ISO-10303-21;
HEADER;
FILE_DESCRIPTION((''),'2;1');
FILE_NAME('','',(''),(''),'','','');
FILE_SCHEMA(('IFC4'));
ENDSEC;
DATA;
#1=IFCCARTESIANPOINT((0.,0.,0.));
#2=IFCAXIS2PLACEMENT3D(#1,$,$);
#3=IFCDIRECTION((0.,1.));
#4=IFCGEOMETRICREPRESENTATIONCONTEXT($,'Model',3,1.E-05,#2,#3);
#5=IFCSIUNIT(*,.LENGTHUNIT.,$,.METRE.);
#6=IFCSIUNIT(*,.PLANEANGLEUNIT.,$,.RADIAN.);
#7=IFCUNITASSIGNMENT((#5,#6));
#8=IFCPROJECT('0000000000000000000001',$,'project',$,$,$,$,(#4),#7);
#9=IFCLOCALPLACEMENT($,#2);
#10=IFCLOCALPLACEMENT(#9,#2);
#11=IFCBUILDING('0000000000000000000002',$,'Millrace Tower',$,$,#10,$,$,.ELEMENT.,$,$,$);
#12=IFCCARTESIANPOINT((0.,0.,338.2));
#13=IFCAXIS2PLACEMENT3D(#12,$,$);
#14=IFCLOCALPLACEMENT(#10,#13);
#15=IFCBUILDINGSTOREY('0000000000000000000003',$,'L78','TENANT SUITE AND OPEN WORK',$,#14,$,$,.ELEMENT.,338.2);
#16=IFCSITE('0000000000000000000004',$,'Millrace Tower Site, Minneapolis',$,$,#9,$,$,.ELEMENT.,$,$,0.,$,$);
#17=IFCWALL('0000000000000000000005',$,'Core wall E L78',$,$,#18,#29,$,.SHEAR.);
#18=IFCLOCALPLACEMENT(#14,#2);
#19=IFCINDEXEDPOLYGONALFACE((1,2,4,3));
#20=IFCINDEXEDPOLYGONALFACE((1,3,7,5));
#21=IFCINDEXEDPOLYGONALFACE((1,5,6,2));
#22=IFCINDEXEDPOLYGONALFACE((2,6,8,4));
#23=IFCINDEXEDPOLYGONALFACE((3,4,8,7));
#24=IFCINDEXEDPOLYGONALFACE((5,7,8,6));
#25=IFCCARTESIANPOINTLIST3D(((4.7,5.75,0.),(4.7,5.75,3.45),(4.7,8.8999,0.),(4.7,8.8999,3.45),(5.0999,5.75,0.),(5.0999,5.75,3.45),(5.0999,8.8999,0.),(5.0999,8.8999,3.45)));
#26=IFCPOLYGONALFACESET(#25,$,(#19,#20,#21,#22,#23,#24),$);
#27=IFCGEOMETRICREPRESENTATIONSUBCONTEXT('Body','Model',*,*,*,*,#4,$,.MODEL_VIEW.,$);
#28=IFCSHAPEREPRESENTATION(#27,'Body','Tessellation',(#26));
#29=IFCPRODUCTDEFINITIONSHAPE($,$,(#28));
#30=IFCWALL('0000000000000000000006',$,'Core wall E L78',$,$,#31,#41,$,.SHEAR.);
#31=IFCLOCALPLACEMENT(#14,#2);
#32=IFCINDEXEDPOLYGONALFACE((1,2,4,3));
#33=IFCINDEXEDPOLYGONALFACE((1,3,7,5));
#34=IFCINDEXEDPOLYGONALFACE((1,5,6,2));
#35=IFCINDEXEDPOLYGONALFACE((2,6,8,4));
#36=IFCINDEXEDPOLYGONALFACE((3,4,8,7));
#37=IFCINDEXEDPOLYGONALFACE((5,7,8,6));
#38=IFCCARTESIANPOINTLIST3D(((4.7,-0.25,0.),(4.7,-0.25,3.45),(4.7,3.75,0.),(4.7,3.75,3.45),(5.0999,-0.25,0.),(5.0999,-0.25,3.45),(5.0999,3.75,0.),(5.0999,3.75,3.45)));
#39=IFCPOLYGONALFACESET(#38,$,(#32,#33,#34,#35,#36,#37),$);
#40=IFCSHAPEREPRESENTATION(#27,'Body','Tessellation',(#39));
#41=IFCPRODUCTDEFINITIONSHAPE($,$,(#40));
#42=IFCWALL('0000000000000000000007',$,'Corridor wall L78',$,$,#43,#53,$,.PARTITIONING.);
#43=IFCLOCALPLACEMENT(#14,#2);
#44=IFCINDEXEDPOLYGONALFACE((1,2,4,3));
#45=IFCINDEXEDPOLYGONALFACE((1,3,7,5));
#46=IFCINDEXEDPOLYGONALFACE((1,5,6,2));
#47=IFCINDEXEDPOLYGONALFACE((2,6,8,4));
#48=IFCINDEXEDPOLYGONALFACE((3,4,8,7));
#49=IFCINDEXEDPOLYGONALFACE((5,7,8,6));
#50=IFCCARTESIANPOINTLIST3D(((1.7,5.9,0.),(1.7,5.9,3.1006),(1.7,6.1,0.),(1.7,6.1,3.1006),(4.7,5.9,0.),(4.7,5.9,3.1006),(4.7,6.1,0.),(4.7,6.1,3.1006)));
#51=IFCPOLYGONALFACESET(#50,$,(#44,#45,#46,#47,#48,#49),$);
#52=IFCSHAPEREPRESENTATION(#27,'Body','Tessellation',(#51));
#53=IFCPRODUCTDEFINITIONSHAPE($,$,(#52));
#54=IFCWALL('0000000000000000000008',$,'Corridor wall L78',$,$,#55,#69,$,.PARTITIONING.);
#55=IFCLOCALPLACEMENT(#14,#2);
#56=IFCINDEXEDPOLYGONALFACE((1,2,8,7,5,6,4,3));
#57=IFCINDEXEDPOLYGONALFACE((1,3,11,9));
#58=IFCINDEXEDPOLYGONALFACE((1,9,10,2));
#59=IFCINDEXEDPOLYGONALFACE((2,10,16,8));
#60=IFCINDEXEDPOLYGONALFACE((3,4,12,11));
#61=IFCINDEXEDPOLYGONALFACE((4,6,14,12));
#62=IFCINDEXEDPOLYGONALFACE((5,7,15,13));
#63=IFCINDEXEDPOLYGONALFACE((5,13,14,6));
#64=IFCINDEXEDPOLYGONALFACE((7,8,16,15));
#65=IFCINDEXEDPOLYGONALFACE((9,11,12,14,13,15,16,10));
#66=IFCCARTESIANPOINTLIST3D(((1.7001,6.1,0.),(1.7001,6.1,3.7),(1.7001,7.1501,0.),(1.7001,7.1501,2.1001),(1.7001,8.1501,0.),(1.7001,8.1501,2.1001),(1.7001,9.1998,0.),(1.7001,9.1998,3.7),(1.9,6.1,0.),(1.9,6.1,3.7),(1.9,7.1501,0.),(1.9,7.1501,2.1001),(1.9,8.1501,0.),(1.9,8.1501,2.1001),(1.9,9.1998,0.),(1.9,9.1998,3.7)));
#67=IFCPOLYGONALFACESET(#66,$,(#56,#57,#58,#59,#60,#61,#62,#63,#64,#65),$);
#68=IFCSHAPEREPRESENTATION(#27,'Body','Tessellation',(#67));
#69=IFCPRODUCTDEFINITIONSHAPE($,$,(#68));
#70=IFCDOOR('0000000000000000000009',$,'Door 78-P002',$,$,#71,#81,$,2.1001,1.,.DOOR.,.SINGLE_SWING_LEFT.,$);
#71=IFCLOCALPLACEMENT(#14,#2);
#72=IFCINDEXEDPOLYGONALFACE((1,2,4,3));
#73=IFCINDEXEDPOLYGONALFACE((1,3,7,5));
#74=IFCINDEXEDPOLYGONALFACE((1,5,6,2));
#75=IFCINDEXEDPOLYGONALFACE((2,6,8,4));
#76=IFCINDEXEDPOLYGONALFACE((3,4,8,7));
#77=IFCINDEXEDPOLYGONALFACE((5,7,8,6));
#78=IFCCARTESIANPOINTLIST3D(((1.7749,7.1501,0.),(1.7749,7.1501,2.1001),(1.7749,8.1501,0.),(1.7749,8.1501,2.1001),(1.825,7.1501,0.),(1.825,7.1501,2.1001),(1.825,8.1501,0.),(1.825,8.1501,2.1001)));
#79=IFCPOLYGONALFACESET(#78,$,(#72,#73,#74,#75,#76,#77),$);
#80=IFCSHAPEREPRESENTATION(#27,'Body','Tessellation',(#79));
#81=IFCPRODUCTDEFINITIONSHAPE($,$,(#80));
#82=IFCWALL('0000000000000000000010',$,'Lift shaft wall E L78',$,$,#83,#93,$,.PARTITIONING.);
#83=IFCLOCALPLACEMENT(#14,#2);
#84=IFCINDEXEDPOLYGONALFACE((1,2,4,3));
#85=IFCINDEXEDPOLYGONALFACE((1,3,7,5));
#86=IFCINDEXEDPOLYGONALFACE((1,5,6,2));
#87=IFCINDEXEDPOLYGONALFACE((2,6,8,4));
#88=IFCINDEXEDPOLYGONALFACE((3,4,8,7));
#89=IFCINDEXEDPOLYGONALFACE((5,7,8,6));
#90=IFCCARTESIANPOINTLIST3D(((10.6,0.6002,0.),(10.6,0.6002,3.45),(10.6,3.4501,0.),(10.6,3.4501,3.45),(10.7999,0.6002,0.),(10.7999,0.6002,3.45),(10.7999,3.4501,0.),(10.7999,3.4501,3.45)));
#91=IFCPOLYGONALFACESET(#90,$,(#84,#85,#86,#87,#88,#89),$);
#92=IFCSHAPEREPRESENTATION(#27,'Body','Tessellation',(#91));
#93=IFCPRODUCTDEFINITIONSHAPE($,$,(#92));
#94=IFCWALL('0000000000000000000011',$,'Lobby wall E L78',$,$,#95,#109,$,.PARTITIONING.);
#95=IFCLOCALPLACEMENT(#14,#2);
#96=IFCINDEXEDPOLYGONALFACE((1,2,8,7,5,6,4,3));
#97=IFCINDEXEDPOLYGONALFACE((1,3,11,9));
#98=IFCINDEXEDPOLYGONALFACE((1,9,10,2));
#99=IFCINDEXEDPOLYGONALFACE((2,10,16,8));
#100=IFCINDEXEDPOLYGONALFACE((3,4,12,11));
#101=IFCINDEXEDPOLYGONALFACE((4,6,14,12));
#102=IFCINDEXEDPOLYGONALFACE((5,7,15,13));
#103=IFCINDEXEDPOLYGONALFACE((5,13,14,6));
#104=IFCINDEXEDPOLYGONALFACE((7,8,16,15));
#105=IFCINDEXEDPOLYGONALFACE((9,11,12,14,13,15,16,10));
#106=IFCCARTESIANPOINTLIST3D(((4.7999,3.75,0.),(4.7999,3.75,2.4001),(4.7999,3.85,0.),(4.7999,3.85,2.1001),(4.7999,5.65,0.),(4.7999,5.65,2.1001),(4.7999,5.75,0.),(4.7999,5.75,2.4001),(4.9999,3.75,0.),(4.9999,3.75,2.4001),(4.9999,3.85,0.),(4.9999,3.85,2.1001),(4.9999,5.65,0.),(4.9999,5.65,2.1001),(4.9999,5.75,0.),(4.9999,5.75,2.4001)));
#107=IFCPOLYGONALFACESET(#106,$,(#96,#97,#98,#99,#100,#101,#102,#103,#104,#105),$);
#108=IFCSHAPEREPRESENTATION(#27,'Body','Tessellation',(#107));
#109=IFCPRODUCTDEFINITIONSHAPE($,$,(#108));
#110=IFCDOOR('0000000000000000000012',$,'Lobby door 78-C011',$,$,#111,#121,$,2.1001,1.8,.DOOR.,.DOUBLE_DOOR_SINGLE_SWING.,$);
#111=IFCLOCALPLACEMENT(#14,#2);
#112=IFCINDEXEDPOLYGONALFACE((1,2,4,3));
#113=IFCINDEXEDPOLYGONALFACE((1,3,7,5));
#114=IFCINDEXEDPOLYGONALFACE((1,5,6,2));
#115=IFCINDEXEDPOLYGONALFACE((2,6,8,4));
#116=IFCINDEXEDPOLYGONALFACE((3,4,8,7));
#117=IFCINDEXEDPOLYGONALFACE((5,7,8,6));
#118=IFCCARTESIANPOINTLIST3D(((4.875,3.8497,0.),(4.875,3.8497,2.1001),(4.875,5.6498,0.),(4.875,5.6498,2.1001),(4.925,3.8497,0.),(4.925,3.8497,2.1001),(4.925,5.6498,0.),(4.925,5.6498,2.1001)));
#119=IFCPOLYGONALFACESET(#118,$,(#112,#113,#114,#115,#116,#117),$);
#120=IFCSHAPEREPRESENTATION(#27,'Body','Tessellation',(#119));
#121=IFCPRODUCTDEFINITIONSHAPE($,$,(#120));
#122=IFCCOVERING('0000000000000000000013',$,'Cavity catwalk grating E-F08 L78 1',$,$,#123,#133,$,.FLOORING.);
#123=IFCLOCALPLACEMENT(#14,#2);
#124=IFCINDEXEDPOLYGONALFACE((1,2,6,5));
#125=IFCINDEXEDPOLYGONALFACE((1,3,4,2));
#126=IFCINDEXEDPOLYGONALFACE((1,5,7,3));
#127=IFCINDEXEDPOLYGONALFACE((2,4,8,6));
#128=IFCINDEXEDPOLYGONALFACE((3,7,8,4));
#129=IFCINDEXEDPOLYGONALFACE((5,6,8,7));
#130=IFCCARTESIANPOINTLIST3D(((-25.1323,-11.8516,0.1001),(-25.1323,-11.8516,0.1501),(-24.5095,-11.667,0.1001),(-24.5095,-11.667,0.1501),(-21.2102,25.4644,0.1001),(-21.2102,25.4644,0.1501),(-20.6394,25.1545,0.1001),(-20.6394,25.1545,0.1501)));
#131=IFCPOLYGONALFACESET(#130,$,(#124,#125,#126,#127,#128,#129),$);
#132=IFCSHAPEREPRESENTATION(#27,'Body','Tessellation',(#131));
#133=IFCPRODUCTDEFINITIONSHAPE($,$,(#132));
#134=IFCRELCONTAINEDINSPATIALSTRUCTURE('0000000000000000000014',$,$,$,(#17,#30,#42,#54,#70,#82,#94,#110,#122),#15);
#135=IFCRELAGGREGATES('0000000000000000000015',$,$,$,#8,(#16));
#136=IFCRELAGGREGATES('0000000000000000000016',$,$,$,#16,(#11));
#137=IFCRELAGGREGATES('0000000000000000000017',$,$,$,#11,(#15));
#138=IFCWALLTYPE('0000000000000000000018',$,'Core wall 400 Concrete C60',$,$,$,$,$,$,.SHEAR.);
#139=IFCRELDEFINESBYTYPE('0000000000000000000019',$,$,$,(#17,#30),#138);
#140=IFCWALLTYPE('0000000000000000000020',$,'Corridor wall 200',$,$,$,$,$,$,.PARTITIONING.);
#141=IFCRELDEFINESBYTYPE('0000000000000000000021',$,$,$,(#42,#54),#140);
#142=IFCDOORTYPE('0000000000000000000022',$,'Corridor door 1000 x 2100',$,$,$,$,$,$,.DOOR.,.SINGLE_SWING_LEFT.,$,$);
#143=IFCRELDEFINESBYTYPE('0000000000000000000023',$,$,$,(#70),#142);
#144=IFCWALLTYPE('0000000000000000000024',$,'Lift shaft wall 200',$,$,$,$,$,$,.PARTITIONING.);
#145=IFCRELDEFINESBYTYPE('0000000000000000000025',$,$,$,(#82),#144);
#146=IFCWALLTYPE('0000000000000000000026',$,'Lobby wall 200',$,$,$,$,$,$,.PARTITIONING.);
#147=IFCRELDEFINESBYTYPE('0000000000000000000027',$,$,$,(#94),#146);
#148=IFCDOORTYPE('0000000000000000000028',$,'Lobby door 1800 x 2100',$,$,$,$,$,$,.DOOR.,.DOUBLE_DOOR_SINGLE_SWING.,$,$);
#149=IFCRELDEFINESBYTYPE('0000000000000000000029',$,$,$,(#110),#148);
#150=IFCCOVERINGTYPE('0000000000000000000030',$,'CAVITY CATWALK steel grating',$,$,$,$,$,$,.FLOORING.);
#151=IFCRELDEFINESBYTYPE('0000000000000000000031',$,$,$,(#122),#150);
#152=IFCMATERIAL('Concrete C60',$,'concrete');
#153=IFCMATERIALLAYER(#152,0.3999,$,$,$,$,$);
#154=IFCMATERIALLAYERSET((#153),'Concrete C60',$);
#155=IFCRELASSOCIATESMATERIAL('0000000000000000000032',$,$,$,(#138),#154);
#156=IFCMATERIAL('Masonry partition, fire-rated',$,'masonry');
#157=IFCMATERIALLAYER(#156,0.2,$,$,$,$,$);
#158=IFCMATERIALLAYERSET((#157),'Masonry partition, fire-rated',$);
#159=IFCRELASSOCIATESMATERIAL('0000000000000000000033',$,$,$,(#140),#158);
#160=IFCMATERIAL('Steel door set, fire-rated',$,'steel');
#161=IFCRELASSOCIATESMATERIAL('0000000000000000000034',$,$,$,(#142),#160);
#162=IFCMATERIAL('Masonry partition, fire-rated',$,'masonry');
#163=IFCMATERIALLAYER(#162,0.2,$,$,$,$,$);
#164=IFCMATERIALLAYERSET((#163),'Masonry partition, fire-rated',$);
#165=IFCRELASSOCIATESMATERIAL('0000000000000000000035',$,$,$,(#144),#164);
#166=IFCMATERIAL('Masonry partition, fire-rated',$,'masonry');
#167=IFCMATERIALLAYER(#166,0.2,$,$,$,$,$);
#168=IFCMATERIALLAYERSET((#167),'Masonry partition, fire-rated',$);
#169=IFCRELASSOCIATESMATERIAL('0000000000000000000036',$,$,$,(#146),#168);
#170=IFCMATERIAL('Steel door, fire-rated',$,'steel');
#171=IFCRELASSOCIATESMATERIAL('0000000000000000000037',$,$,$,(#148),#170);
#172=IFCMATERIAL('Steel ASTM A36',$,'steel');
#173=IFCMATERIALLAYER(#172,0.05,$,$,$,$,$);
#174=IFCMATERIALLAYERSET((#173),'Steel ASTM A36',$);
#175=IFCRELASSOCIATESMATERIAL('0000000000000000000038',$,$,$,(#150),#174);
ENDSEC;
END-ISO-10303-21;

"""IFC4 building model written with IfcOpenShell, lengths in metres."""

from ifc_helpers import new_model, si_unit, direction, frame, frame_2d, origin, place, context, subcontext, project, spatial, polyline, rectangle, outline, extrude, material, layer, layer_set, type_object, element, fill, save


model = new_model("IFC4")

# Units and contexts
model_context = context("Model", 3, precision=1e-05, world=origin(), true_north=direction((0.0, 1.0)))
body_context = subcontext(model_context, "Body", "Model", "MODEL_VIEW")
ifc_project = project(units=[si_unit("LENGTHUNIT", "METRE"), si_unit("PLANEANGLEUNIT", "RADIAN")], contexts=[model_context])

# Site, building, storey
site_placement = place(None, origin())
site = spatial("IfcSite", under=ifc_project, at=site_placement, Name="Millrace Tower Site, Minneapolis", CompositionType="ELEMENT", RefElevation=0.0)
building_placement = place(site_placement, origin())
building = spatial("IfcBuilding", under=site, at=building_placement, Name="Millrace Tower", CompositionType="ELEMENT")
storey_placement = place(building_placement, frame((0.0, 0.0, 338.2)))
storey = spatial("IfcBuildingStorey", under=building, at=storey_placement, Name="L78", Description="TENANT SUITE AND OPEN WORK", CompositionType="ELEMENT", Elevation=338.2)

# Walls
ifc_material_1 = material(Name="Concrete C60", Category="concrete")
ifc_layer_1 = layer(ifc_material_1, 0.3999)
ifc_layer_set_1 = layer_set([ifc_layer_1], Name="Concrete C60")
wall_type_1 = type_object("IfcWallType", Name="Core wall 400 Concrete C60", PredefinedType="SHEAR", material=ifc_layer_set_1)
wall_1_placement = place(storey_placement, frame((4.8999, 8.8999, 0.0), z_axis=(0.0, 0.0, 1.0), x_axis=(0.0, -1.0, 0.0)))
element("IfcWall", 1, at=wall_1_placement, inside=storey, type_object=wall_type_1, Name="Core wall E L78", PredefinedType="SHEAR", context=body_context, shape_type="SweptSolid", body=[
    extrude(rectangle(XDim=3.1499, YDim=0.3999, at=frame_2d((1.575, 0.0))), origin(), (0.0, 0.0, 1.0), 3.45),
])
wall_2_placement = place(storey_placement, frame((4.8999, 3.75, 0.0), z_axis=(0.0, 0.0, 1.0), x_axis=(0.0, -1.0, 0.0)))
element("IfcWall", 2, at=wall_2_placement, inside=storey, type_object=wall_type_1, Name="Core wall E L78", PredefinedType="SHEAR", context=body_context, shape_type="SweptSolid", body=[
    extrude(rectangle(XDim=4.0, YDim=0.3999, at=frame_2d((2.0, 0.0))), origin(), (0.0, 0.0, 1.0), 3.45),
])
ifc_material_2 = material(Name="Masonry partition, fire-rated", Category="masonry")
ifc_layer_2 = layer(ifc_material_2, 0.2)
ifc_layer_set_2 = layer_set([ifc_layer_2], Name="Masonry partition, fire-rated")
wall_type_2 = type_object("IfcWallType", Name="Corridor wall 200", PredefinedType="PARTITIONING", material=ifc_layer_set_2)
wall_3_placement = place(storey_placement, frame((1.7, 6.0, 0.0), z_axis=(0.0, 0.0, 1.0), x_axis=(1.0, 0.0, 0.0)))
element("IfcWall", 3, at=wall_3_placement, inside=storey, type_object=wall_type_2, Name="Corridor wall L78", PredefinedType="PARTITIONING", context=body_context, shape_type="SweptSolid", body=[
    extrude(rectangle(XDim=3.0, YDim=0.2, at=frame_2d((1.5, 0.0))), origin(), (0.0, 0.0, 1.0), 3.1006),
])

# Wall, opening, door
wall_4_placement = place(storey_placement, frame((1.8, 6.1001, 0.0), z_axis=(0.0, 0.0, 1.0), x_axis=(0.0, 1.0, 0.0)))
wall_4 = element("IfcWall", 4, at=wall_4_placement, inside=storey, type_object=wall_type_2, Name="Corridor wall L78", PredefinedType="PARTITIONING", context=body_context, shape_type="SweptSolid", body=[
    extrude(rectangle(XDim=3.0999, YDim=0.2, at=frame_2d((1.5498, 0.0))), origin(), (0.0, 0.0, 1.0), 3.7),
])
opening_1_placement = place(wall_4_placement, frame((1.05, 0.0, 0.0)))
opening_1 = element("IfcOpeningElement", 5, at=opening_1_placement, cuts=wall_4, PredefinedType="OPENING", context=body_context, shape_type="SweptSolid", body=[
    extrude(rectangle(XDim=1.0, YDim=2.1001, at=frame_2d((0.5, 1.05))), frame((0.0, 0.1099, 0.0), z_axis=(0.0, -1.0, 0.0), x_axis=(1.0, 0.0, 0.0)), (0.0, 0.0, 1.0), 0.22),
])
ifc_material_3 = material(Name="Steel door set, fire-rated", Category="steel")
door_type_1 = type_object("IfcDoorType", Name="Corridor door 1000 x 2100", OperationType="SINGLE_SWING_LEFT", PredefinedType="DOOR", material=ifc_material_3)
door_1_placement = place(opening_1_placement, frame((1.0, 0.0, 0.0), z_axis=(0.0, 0.0, 1.0), x_axis=(-1.0, 0.0, 0.0)))
door_1 = element("IfcDoor", 6, at=door_1_placement, inside=storey, type_object=door_type_1, Name="Door 78-P002", OperationType="SINGLE_SWING_LEFT", OverallHeight=2.1001, OverallWidth=1.0, PredefinedType="DOOR", context=body_context, shape_type="SweptSolid", body=[
    extrude(rectangle(XDim=1.0, YDim=2.1001, at=frame_2d((0.5, 1.05))), frame((0.0, 0.0249, 0.0), z_axis=(0.0, -1.0, 0.0), x_axis=(1.0, 0.0, 0.0)), (0.0, 0.0, 1.0), 0.05),
])
fill(opening_1, door_1)

# Wall
ifc_material_4 = material(Name="Masonry partition, fire-rated", Category="masonry")
ifc_layer_3 = layer(ifc_material_4, 0.2)
ifc_layer_set_3 = layer_set([ifc_layer_3], Name="Masonry partition, fire-rated")
wall_type_3 = type_object("IfcWallType", Name="Lift shaft wall 200", PredefinedType="PARTITIONING", material=ifc_layer_set_3)
wall_5_placement = place(storey_placement, frame((10.7, 3.45, 0.0), z_axis=(0.0, 0.0, 1.0), x_axis=(0.0, -1.0, 0.0)))
element("IfcWall", 7, at=wall_5_placement, inside=storey, type_object=wall_type_3, Name="Lift shaft wall E L78", PredefinedType="PARTITIONING", context=body_context, shape_type="SweptSolid", body=[
    extrude(rectangle(XDim=2.8499, YDim=0.2, at=frame_2d((1.4248, 0.0))), origin(), (0.0, 0.0, 1.0), 3.45),
])

# Wall, opening, door
ifc_material_5 = material(Name="Masonry partition, fire-rated", Category="masonry")
ifc_layer_4 = layer(ifc_material_5, 0.2)
ifc_layer_set_4 = layer_set([ifc_layer_4], Name="Masonry partition, fire-rated")
wall_type_4 = type_object("IfcWallType", Name="Lobby wall 200", PredefinedType="PARTITIONING", material=ifc_layer_set_4)
wall_6_placement = place(storey_placement, frame((4.8999, 5.75, 0.0), z_axis=(0.0, 0.0, 1.0), x_axis=(0.0, -1.0, 0.0)))
wall_6 = element("IfcWall", 8, at=wall_6_placement, inside=storey, type_object=wall_type_4, Name="Lobby wall E L78", PredefinedType="PARTITIONING", context=body_context, shape_type="SweptSolid", body=[
    extrude(rectangle(XDim=2.0, YDim=0.2, at=frame_2d((1.0, 0.0))), origin(), (0.0, 0.0, 1.0), 2.4001),
])
opening_2_placement = place(wall_6_placement, frame((0.1001, 0.0, 0.0)))
opening_2 = element("IfcOpeningElement", 9, at=opening_2_placement, cuts=wall_6, PredefinedType="OPENING", context=body_context, shape_type="SweptSolid", body=[
    extrude(rectangle(XDim=1.8, YDim=2.1001, at=frame_2d((0.8999, 1.05))), frame((0.0, 0.1099, 0.0), z_axis=(0.0, -1.0, 0.0), x_axis=(1.0, 0.0, 0.0)), (0.0, 0.0, 1.0), 0.22),
])
ifc_material_6 = material(Name="Steel door, fire-rated", Category="steel")
door_type_2 = type_object("IfcDoorType", Name="Lobby door 1800 x 2100", OperationType="DOUBLE_DOOR_SINGLE_SWING", PredefinedType="DOOR", material=ifc_material_6)
door_2_placement = place(opening_2_placement, frame((1.8, 0.0, 0.0), z_axis=(0.0, 0.0, 1.0), x_axis=(-1.0, 0.0, 0.0)))
door_2 = element("IfcDoor", 10, at=door_2_placement, inside=storey, type_object=door_type_2, Name="Lobby door 78-C011", OperationType="DOUBLE_DOOR_SINGLE_SWING", OverallHeight=2.1001, OverallWidth=1.8, PredefinedType="DOOR", context=body_context, shape_type="SweptSolid", body=[
    extrude(rectangle(XDim=1.8, YDim=2.1001, at=frame_2d((0.8999, 1.05))), frame((0.0, 0.0249, 0.0), z_axis=(0.0, -1.0, 0.0), x_axis=(1.0, 0.0, 0.0)), (0.0, 0.0, 1.0), 0.05),
])
fill(opening_2, door_2)

# Covering
ifc_material_7 = material(Name="Steel ASTM A36", Category="steel")
ifc_layer_5 = layer(ifc_material_7, 0.05)
ifc_layer_set_5 = layer_set([ifc_layer_5], Name="Steel ASTM A36")
covering_type = type_object("IfcCoveringType", Name="CAVITY CATWALK steel grating", PredefinedType="FLOORING", material=ifc_layer_set_5)
covering_placement = place(storey_placement, frame((0.0, 0.0, 0.1001)))
element("IfcCovering", 11, at=covering_placement, inside=storey, type_object=covering_type, Name="Cavity catwalk grating E-F08 L78 1", PredefinedType="FLOORING", context=body_context, shape_type="SweptSolid", body=[
    extrude(outline(polyline([(-21.2102, 25.4644), (-25.1323, -11.8516), (-24.5095, -11.667), (-20.6394, 25.1545), (-21.2102, 25.4644)])), origin(), (0.0, 0.0, 1.0), 0.05),
])

save(model, "model.ifc")
